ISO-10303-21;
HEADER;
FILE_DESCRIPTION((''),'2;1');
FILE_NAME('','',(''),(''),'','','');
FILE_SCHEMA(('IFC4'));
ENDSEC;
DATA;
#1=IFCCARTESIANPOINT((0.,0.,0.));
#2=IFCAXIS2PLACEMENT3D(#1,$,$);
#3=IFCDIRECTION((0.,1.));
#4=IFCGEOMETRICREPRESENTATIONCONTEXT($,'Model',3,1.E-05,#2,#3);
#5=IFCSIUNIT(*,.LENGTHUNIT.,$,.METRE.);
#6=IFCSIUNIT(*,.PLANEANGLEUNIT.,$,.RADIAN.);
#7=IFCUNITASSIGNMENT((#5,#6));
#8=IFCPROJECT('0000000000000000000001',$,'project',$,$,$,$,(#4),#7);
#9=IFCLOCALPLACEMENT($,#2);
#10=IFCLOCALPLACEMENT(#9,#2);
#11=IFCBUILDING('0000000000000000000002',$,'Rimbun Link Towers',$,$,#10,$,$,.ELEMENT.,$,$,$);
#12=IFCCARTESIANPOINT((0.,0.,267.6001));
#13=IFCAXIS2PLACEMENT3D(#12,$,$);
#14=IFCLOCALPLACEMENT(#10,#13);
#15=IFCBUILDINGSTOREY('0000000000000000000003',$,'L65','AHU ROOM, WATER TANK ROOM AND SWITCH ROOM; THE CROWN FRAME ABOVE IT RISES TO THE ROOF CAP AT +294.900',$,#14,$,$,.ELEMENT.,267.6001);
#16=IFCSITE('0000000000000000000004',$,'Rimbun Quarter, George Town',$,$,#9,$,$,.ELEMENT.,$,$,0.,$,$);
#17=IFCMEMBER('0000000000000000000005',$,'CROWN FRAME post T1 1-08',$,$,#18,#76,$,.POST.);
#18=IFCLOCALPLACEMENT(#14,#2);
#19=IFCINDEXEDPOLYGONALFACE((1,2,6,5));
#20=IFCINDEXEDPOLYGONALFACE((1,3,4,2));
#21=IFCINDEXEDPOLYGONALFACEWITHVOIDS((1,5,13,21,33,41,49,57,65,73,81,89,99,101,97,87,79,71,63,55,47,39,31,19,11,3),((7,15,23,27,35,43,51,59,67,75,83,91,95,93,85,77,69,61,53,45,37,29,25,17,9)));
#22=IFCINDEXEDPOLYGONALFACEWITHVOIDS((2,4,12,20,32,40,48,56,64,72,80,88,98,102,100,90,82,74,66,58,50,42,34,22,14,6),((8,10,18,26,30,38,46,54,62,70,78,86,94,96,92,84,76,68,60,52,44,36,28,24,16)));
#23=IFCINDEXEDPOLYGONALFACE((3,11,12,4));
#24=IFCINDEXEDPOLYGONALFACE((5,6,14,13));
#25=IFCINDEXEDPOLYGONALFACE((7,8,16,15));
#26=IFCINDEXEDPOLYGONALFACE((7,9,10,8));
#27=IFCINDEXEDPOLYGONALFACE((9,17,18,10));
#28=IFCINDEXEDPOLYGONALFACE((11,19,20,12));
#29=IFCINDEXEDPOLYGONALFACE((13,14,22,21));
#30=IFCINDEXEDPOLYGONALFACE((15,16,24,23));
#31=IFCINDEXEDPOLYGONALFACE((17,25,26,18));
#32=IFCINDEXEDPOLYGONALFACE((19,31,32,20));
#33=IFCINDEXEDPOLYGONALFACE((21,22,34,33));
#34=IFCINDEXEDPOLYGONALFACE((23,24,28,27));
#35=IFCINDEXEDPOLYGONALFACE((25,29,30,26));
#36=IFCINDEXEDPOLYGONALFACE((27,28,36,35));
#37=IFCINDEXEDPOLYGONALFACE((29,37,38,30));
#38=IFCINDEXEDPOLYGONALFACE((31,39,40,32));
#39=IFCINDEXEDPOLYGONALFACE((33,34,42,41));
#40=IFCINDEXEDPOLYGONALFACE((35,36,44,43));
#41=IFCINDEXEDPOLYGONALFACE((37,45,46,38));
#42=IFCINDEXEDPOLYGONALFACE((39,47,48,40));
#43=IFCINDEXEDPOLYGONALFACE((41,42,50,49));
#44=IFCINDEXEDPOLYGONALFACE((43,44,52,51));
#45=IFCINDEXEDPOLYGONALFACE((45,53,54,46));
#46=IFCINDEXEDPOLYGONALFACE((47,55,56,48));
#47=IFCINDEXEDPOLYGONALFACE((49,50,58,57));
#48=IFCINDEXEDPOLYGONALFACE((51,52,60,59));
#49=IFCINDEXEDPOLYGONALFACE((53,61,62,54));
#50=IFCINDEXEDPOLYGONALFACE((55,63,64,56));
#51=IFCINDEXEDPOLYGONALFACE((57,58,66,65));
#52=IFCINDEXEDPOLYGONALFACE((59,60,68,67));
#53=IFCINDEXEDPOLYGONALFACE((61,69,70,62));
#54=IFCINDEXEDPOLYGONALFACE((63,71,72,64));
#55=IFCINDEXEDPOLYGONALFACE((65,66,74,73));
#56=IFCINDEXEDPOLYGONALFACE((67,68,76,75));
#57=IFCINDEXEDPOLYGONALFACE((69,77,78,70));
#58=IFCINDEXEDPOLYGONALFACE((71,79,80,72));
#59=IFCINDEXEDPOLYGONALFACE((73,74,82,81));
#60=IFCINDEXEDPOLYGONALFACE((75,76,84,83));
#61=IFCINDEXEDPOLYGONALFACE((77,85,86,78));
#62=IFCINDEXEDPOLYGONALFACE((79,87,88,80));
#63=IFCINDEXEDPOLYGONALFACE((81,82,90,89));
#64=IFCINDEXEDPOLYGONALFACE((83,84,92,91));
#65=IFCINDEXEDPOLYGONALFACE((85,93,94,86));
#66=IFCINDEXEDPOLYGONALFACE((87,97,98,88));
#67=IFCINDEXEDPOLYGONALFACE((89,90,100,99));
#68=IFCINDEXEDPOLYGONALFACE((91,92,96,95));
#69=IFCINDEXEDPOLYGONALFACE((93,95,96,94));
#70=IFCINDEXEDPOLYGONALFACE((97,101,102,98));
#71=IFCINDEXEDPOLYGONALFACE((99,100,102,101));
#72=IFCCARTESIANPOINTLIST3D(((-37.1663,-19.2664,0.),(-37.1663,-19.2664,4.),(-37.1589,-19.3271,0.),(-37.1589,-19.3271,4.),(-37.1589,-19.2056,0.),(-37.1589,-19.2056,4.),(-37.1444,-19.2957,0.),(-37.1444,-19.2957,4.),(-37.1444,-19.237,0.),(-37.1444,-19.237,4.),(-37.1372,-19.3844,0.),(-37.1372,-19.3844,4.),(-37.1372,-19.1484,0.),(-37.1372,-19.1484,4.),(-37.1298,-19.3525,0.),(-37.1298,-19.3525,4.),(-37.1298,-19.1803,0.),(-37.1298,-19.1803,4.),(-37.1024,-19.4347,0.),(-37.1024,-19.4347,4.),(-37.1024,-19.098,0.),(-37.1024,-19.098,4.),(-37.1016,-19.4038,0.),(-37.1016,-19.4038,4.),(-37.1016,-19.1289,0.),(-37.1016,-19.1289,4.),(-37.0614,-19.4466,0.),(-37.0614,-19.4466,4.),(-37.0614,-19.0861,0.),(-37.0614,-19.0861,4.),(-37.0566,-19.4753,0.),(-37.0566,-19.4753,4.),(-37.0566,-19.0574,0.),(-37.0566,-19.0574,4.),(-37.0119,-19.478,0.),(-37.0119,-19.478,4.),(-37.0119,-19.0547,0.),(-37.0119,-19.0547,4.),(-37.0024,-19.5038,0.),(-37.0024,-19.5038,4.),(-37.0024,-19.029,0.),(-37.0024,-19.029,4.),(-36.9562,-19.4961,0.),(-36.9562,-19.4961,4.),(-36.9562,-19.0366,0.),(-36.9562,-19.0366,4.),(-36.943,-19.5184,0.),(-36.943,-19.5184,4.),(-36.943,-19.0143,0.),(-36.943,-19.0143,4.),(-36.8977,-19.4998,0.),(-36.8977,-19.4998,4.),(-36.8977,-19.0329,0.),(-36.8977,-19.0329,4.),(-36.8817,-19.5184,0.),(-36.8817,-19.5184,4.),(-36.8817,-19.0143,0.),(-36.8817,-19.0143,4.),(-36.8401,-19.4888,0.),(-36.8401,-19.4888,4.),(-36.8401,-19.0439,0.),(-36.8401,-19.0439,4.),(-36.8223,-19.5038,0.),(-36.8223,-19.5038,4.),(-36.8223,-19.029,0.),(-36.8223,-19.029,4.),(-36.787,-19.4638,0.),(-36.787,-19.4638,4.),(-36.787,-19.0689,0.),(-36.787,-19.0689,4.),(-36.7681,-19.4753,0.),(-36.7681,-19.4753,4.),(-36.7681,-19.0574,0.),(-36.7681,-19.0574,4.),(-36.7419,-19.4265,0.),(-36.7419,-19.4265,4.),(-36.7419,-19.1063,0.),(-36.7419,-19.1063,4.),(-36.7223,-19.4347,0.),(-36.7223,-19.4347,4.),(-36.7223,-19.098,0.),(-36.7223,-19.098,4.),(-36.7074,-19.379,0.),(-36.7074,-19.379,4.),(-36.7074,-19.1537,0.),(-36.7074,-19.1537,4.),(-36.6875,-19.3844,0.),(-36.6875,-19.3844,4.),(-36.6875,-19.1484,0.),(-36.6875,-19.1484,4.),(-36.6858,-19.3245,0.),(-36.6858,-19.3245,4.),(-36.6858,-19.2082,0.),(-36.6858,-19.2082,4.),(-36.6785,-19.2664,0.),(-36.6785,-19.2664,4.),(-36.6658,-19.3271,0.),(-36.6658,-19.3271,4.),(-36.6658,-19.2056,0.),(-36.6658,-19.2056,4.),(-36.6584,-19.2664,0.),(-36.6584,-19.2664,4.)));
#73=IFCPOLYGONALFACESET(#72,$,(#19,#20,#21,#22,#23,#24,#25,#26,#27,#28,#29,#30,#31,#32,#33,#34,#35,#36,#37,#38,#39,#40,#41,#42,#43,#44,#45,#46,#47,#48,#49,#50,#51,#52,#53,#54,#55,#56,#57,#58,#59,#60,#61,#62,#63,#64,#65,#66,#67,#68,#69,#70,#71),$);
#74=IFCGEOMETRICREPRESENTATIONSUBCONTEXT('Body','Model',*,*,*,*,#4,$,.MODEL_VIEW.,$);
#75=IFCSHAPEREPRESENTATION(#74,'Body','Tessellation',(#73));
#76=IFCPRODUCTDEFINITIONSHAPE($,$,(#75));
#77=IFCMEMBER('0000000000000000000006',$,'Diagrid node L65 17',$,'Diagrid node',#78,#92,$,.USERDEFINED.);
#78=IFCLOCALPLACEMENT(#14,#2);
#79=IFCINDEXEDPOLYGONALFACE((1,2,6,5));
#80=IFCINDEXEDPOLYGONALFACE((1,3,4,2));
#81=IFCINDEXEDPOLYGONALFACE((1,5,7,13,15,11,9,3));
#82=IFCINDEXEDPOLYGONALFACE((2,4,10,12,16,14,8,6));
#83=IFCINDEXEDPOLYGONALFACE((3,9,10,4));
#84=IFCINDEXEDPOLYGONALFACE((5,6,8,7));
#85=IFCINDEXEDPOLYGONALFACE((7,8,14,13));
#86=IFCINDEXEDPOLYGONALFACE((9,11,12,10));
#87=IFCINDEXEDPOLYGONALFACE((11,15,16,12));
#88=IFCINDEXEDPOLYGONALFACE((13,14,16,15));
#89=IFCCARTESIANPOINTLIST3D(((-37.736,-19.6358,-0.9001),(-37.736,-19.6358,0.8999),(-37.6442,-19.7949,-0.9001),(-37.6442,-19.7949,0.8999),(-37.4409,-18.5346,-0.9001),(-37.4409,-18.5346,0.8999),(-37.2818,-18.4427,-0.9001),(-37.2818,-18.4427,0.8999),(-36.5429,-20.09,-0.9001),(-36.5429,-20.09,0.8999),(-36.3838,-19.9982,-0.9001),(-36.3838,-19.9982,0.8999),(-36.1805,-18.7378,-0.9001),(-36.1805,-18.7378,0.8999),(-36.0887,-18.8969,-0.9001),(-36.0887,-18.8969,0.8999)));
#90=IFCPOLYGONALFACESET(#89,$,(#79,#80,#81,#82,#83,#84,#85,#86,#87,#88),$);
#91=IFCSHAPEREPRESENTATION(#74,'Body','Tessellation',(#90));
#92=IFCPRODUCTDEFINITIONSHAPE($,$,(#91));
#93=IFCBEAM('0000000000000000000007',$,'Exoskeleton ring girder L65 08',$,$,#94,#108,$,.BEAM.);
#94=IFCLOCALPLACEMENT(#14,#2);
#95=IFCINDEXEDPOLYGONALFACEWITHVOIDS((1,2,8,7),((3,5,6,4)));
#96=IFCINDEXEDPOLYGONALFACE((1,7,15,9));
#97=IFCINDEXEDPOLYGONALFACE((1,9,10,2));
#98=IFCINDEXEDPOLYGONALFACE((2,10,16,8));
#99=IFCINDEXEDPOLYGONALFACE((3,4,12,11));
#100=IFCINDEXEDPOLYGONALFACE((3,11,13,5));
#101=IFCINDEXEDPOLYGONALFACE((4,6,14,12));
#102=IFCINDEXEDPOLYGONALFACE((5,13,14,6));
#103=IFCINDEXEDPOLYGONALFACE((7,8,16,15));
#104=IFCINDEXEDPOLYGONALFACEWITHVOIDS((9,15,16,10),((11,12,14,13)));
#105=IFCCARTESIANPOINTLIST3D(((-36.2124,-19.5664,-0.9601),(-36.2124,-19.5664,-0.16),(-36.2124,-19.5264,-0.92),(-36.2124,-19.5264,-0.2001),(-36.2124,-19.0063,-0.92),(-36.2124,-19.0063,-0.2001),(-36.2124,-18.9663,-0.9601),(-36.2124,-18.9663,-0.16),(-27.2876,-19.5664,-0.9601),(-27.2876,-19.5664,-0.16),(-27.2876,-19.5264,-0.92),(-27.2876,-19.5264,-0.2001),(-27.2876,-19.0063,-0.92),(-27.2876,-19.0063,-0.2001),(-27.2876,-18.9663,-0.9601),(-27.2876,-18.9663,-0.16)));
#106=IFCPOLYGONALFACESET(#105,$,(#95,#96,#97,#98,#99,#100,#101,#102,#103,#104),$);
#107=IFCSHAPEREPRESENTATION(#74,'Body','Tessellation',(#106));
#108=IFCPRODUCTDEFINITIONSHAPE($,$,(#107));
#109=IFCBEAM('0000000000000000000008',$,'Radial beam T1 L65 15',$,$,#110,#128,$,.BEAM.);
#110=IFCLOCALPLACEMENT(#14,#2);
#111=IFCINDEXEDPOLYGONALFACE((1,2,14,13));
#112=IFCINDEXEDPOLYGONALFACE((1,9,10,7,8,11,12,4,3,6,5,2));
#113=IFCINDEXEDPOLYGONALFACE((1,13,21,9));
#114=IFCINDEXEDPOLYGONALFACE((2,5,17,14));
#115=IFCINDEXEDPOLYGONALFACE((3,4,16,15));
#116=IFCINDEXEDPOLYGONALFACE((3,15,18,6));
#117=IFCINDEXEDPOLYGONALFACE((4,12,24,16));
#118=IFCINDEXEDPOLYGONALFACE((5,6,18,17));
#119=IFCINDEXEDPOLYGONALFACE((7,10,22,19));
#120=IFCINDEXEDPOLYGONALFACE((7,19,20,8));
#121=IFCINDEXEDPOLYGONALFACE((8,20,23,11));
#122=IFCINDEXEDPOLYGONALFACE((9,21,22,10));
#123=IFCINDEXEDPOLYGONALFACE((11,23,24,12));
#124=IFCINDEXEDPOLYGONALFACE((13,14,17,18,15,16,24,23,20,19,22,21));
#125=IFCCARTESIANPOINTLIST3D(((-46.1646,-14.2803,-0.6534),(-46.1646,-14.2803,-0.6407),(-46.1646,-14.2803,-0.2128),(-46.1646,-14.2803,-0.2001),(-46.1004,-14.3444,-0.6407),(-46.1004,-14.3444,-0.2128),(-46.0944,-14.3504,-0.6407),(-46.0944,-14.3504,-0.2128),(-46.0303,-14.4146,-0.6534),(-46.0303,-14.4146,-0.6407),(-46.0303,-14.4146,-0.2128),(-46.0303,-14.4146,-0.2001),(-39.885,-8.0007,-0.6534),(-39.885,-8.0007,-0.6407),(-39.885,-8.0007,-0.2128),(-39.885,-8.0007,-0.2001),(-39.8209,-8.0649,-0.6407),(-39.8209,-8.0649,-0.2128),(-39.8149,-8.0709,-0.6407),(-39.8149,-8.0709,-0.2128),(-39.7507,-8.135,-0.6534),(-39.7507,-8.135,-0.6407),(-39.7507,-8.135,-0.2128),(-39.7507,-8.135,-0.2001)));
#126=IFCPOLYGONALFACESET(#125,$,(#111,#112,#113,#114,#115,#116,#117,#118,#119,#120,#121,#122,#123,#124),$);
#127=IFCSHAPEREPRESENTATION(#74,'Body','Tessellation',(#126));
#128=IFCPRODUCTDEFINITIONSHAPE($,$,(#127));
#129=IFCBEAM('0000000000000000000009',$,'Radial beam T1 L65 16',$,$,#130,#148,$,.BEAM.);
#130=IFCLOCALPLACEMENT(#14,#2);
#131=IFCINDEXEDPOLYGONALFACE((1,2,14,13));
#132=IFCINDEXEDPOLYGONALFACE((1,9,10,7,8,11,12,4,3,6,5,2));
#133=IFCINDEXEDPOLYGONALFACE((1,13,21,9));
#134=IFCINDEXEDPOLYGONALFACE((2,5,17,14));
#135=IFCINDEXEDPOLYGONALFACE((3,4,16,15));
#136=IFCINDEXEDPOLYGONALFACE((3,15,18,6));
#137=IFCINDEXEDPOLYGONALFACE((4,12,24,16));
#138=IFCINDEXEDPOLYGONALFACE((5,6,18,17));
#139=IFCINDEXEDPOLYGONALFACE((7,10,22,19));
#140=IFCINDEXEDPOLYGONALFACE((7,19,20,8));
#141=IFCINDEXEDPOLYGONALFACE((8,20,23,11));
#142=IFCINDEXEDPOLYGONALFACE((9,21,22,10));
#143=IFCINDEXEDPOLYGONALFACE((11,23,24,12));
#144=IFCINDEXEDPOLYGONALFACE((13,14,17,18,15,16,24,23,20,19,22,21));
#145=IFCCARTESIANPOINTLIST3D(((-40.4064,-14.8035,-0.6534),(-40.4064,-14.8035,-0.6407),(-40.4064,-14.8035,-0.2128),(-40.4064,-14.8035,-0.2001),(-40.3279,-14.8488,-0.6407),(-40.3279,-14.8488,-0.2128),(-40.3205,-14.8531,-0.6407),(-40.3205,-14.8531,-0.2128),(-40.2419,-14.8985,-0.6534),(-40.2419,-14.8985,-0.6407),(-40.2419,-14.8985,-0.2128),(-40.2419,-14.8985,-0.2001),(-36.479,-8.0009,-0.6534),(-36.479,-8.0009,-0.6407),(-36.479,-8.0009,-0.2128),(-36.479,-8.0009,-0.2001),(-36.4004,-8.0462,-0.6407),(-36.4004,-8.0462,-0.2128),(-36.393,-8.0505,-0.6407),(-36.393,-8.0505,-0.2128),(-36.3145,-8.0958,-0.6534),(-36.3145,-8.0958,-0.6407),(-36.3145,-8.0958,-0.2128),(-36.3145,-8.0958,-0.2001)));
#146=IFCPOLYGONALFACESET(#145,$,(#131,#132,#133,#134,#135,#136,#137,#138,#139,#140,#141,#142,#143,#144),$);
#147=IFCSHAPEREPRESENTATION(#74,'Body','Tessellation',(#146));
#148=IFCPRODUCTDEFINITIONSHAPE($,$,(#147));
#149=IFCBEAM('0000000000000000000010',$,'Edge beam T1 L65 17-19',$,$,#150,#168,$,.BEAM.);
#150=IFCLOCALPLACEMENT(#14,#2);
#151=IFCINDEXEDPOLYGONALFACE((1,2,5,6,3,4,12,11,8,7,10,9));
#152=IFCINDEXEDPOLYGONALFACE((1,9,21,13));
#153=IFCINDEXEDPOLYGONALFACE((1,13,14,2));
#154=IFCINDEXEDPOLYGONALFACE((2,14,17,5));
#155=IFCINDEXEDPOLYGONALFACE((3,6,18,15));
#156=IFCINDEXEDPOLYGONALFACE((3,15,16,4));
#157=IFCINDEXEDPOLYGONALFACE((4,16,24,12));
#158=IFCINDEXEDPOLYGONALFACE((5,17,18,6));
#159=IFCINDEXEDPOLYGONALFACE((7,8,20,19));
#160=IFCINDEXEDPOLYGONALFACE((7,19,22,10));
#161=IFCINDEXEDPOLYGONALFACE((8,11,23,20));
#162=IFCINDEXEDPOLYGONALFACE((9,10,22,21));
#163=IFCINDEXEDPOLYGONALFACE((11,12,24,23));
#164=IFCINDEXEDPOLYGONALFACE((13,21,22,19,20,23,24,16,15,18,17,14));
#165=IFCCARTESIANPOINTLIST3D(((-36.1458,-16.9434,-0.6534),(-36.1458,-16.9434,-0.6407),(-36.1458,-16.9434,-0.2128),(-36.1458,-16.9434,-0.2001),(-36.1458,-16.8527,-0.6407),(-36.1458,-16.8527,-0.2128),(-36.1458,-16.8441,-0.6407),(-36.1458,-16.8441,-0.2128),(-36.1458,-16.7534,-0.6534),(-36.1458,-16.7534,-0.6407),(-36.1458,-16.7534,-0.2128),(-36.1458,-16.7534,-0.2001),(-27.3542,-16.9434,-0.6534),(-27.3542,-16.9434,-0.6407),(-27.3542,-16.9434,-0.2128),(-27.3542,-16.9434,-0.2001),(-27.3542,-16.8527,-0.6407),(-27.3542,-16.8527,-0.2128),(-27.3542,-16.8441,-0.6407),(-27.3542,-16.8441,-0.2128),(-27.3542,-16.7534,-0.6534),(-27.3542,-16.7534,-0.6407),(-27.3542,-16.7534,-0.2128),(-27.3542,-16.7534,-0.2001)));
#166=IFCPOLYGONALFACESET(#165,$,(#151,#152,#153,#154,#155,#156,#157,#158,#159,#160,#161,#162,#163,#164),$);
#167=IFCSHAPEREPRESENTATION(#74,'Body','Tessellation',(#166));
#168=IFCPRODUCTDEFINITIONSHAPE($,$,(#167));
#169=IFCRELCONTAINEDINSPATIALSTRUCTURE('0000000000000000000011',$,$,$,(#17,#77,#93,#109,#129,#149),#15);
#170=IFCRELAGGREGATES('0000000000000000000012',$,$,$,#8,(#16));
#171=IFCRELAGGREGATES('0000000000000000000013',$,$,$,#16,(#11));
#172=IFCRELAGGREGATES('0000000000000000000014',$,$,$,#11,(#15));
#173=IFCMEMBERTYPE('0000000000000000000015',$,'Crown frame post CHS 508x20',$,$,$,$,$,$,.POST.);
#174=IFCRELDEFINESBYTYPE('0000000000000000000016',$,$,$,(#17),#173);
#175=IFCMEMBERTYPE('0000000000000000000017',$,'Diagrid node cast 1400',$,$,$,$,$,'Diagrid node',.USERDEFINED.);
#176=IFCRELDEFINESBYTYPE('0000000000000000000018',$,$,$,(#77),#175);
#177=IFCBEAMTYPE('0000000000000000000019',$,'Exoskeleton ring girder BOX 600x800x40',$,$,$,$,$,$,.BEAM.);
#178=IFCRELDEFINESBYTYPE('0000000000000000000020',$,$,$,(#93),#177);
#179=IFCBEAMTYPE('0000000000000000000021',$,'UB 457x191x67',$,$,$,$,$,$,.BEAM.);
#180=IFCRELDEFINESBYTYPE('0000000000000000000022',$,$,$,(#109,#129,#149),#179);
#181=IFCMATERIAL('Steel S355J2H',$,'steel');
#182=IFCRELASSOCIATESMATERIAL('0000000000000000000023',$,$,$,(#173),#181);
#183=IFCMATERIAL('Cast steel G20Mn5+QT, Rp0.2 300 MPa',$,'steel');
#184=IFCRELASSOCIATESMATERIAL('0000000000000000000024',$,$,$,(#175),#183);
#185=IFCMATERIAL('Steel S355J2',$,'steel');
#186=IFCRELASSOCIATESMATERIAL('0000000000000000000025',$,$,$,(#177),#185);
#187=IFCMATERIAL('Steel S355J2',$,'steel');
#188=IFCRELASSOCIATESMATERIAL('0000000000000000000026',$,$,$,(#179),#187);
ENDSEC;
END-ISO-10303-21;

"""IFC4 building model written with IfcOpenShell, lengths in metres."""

from ifc_helpers import new_model, si_unit, direction, frame, origin, origin_2d, place, context, subcontext, project, spatial, polyline, hollow_rectangle, hollow_circle, i_section, outline, extrude, material, material_profile, profile_set, type_object, element, save


model = new_model("IFC4")

# Units and contexts
model_context = context("Model", 3, precision=1e-05, world=origin(), true_north=direction((0.0, 1.0)))
body_context = subcontext(model_context, "Body", "Model", "MODEL_VIEW")
ifc_project = project(units=[si_unit("LENGTHUNIT", "METRE"), si_unit("PLANEANGLEUNIT", "RADIAN")], contexts=[model_context])

# Site, building, storey
site_placement = place(None, origin())
site = spatial("IfcSite", under=ifc_project, at=site_placement, Name="Rimbun Quarter, George Town", CompositionType="ELEMENT", RefElevation=0.0)
building_placement = place(site_placement, origin())
building = spatial("IfcBuilding", under=site, at=building_placement, Name="Rimbun Link Towers", CompositionType="ELEMENT")
storey_placement = place(building_placement, frame((0.0, 0.0, 267.6001)))
storey = spatial("IfcBuildingStorey", under=building, at=storey_placement, Name="L65", Description="AHU ROOM, WATER TANK ROOM AND SWITCH ROOM; THE CROWN FRAME ABOVE IT RISES TO THE ROOF CAP AT +294.900", CompositionType="ELEMENT", Elevation=267.6001)

# Members
ifc_material_1 = material(Name="Steel S355J2H", Category="steel")
ifc_material_profile_1 = material_profile(ifc_material_1, hollow_circle(Radius=0.2539, WallThickness=0.02, at=origin_2d()), Name="Crown frame post CHS 508x20")
ifc_profile_set_1 = profile_set([ifc_material_profile_1], Name="Steel S355J2H")
member_type_1 = type_object("IfcMemberType", Name="Crown frame post CHS 508x20", PredefinedType="POST", material=ifc_profile_set_1)
member_1_placement = place(storey_placement, frame((-36.9124, -19.2664, 0.0), z_axis=(0.0, 0.0, 1.0), x_axis=(1.0, 0.0, 0.0)))
element("IfcMember", 1, at=member_1_placement, inside=storey, type_object=member_type_1, Name="CROWN FRAME post T1 1-08", PredefinedType="POST", context=body_context, shape_type="SweptSolid", body=[
    extrude(hollow_circle(Radius=0.2539, WallThickness=0.02, at=origin_2d()), origin(), (0.0, 0.0, 1.0), 4.0),
])
ifc_material_2 = material(Name="Cast steel G20Mn5+QT, Rp0.2 300 MPa", Category="steel")
ifc_material_profile_2 = material_profile(ifc_material_2, outline(polyline([(0.7, -0.5701), (0.7, 0.5701), (0.5701, 0.7), (-0.5701, 0.7), (-0.7, 0.5701), (-0.7, -0.5701), (-0.5701, -0.7), (0.5701, -0.7), (0.7, -0.5701)])), Name="NODE 1400x1400")
ifc_profile_set_2 = profile_set([ifc_material_profile_2], Name="Cast steel G20Mn5+QT, Rp0.2 300 MPa")
member_type_2 = type_object("IfcMemberType", Name="Diagrid node cast 1400", ElementType="Diagrid node", PredefinedType="USERDEFINED", material=ifc_profile_set_2)
member_2_placement = place(storey_placement, frame((-36.9124, -19.2664, -0.9001), z_axis=(0.0, 0.0, 1.0), x_axis=(-0.258819, -0.965926, 0.0)))
element("IfcMember", 2, at=member_2_placement, inside=storey, type_object=member_type_2, Name="Diagrid node L65 17", ObjectType="Diagrid node", PredefinedType="USERDEFINED", context=body_context, shape_type="SweptSolid", body=[
    extrude(outline(polyline([(0.7, -0.5701), (0.7, 0.5701), (0.5701, 0.7), (-0.5701, 0.7), (-0.7, 0.5701), (-0.7, -0.5701), (-0.5701, -0.7), (0.5701, -0.7), (0.7, -0.5701)])), origin(), (0.0, 0.0, 1.0), 1.8),
])

# Beams
ifc_material_3 = material(Name="Steel S355J2", Category="steel")
ifc_material_profile_3 = material_profile(ifc_material_3, hollow_rectangle(XDim=0.6001, YDim=0.8, WallThickness=0.04, at=origin_2d()), Name="Exoskeleton ring girder BOX 600x800x40")
ifc_profile_set_3 = profile_set([ifc_material_profile_3], Name="Steel S355J2")
beam_type_1 = type_object("IfcBeamType", Name="Exoskeleton ring girder BOX 600x800x40", PredefinedType="BEAM", material=ifc_profile_set_3)
beam_1_placement = place(storey_placement, frame((-36.2124, -19.2664, -0.5601), z_axis=(1.0, 0.0, 0.0), x_axis=(0.0, 1.0, 0.0)))
element("IfcBeam", 3, at=beam_1_placement, inside=storey, type_object=beam_type_1, Name="Exoskeleton ring girder L65 08", PredefinedType="BEAM", context=body_context, shape_type="SweptSolid", body=[
    extrude(hollow_rectangle(XDim=0.6001, YDim=0.8, WallThickness=0.04, at=origin_2d()), origin(), (0.0, 0.0, 1.0), 8.9248),
])
ifc_material_4 = material(Name="Steel S355J2", Category="steel")
ifc_material_profile_4 = material_profile(ifc_material_4, i_section(OverallWidth=0.1899, OverallDepth=0.4534, WebThickness=0.0085, FlangeThickness=0.0127, at=origin_2d()), Name="UB 457x191x67")
ifc_profile_set_4 = profile_set([ifc_material_profile_4], Name="Steel S355J2")
beam_type_2 = type_object("IfcBeamType", Name="UB 457x191x67", PredefinedType="BEAM", material=ifc_profile_set_4)
beam_2_placement = place(storey_placement, frame((-39.8179, -8.0679, -0.4268), z_axis=(-0.707107, -0.707107, 0.0), x_axis=(0.707107, -0.707107, 0.0)))
element("IfcBeam", 4, at=beam_2_placement, inside=storey, type_object=beam_type_2, Name="Radial beam T1 L65 15", PredefinedType="BEAM", context=body_context, shape_type="SweptSolid", body=[
    extrude(i_section(OverallWidth=0.1899, OverallDepth=0.4534, WebThickness=0.0085, FlangeThickness=0.0127, at=origin_2d()), origin(), (0.0, 0.0, 1.0), 8.8806),
])
beam_3_placement = place(storey_placement, frame((-36.3967, -8.0483, -0.4268), z_axis=(-0.499993, -0.866029, 0.0), x_axis=(0.866029, -0.499993, 0.0)))
element("IfcBeam", 5, at=beam_3_placement, inside=storey, type_object=beam_type_2, Name="Radial beam T1 L65 16", PredefinedType="BEAM", context=body_context, shape_type="SweptSolid", body=[
    extrude(i_section(OverallWidth=0.1899, OverallDepth=0.4534, WebThickness=0.0085, FlangeThickness=0.0127, at=origin_2d()), origin(), (0.0, 0.0, 1.0), 7.855),
])
beam_4_placement = place(storey_placement, frame((-36.1458, -16.8484, -0.4268), z_axis=(1.0, 0.0, 0.0), x_axis=(0.0, 1.0, 0.0)))
element("IfcBeam", 6, at=beam_4_placement, inside=storey, type_object=beam_type_2, Name="Edge beam T1 L65 17-19", PredefinedType="BEAM", context=body_context, shape_type="SweptSolid", body=[
    extrude(i_section(OverallWidth=0.1899, OverallDepth=0.4534, WebThickness=0.0085, FlangeThickness=0.0127, at=origin_2d()), origin(), (0.0, 0.0, 1.0), 8.7915),
])

save(model, "model.ifc")
